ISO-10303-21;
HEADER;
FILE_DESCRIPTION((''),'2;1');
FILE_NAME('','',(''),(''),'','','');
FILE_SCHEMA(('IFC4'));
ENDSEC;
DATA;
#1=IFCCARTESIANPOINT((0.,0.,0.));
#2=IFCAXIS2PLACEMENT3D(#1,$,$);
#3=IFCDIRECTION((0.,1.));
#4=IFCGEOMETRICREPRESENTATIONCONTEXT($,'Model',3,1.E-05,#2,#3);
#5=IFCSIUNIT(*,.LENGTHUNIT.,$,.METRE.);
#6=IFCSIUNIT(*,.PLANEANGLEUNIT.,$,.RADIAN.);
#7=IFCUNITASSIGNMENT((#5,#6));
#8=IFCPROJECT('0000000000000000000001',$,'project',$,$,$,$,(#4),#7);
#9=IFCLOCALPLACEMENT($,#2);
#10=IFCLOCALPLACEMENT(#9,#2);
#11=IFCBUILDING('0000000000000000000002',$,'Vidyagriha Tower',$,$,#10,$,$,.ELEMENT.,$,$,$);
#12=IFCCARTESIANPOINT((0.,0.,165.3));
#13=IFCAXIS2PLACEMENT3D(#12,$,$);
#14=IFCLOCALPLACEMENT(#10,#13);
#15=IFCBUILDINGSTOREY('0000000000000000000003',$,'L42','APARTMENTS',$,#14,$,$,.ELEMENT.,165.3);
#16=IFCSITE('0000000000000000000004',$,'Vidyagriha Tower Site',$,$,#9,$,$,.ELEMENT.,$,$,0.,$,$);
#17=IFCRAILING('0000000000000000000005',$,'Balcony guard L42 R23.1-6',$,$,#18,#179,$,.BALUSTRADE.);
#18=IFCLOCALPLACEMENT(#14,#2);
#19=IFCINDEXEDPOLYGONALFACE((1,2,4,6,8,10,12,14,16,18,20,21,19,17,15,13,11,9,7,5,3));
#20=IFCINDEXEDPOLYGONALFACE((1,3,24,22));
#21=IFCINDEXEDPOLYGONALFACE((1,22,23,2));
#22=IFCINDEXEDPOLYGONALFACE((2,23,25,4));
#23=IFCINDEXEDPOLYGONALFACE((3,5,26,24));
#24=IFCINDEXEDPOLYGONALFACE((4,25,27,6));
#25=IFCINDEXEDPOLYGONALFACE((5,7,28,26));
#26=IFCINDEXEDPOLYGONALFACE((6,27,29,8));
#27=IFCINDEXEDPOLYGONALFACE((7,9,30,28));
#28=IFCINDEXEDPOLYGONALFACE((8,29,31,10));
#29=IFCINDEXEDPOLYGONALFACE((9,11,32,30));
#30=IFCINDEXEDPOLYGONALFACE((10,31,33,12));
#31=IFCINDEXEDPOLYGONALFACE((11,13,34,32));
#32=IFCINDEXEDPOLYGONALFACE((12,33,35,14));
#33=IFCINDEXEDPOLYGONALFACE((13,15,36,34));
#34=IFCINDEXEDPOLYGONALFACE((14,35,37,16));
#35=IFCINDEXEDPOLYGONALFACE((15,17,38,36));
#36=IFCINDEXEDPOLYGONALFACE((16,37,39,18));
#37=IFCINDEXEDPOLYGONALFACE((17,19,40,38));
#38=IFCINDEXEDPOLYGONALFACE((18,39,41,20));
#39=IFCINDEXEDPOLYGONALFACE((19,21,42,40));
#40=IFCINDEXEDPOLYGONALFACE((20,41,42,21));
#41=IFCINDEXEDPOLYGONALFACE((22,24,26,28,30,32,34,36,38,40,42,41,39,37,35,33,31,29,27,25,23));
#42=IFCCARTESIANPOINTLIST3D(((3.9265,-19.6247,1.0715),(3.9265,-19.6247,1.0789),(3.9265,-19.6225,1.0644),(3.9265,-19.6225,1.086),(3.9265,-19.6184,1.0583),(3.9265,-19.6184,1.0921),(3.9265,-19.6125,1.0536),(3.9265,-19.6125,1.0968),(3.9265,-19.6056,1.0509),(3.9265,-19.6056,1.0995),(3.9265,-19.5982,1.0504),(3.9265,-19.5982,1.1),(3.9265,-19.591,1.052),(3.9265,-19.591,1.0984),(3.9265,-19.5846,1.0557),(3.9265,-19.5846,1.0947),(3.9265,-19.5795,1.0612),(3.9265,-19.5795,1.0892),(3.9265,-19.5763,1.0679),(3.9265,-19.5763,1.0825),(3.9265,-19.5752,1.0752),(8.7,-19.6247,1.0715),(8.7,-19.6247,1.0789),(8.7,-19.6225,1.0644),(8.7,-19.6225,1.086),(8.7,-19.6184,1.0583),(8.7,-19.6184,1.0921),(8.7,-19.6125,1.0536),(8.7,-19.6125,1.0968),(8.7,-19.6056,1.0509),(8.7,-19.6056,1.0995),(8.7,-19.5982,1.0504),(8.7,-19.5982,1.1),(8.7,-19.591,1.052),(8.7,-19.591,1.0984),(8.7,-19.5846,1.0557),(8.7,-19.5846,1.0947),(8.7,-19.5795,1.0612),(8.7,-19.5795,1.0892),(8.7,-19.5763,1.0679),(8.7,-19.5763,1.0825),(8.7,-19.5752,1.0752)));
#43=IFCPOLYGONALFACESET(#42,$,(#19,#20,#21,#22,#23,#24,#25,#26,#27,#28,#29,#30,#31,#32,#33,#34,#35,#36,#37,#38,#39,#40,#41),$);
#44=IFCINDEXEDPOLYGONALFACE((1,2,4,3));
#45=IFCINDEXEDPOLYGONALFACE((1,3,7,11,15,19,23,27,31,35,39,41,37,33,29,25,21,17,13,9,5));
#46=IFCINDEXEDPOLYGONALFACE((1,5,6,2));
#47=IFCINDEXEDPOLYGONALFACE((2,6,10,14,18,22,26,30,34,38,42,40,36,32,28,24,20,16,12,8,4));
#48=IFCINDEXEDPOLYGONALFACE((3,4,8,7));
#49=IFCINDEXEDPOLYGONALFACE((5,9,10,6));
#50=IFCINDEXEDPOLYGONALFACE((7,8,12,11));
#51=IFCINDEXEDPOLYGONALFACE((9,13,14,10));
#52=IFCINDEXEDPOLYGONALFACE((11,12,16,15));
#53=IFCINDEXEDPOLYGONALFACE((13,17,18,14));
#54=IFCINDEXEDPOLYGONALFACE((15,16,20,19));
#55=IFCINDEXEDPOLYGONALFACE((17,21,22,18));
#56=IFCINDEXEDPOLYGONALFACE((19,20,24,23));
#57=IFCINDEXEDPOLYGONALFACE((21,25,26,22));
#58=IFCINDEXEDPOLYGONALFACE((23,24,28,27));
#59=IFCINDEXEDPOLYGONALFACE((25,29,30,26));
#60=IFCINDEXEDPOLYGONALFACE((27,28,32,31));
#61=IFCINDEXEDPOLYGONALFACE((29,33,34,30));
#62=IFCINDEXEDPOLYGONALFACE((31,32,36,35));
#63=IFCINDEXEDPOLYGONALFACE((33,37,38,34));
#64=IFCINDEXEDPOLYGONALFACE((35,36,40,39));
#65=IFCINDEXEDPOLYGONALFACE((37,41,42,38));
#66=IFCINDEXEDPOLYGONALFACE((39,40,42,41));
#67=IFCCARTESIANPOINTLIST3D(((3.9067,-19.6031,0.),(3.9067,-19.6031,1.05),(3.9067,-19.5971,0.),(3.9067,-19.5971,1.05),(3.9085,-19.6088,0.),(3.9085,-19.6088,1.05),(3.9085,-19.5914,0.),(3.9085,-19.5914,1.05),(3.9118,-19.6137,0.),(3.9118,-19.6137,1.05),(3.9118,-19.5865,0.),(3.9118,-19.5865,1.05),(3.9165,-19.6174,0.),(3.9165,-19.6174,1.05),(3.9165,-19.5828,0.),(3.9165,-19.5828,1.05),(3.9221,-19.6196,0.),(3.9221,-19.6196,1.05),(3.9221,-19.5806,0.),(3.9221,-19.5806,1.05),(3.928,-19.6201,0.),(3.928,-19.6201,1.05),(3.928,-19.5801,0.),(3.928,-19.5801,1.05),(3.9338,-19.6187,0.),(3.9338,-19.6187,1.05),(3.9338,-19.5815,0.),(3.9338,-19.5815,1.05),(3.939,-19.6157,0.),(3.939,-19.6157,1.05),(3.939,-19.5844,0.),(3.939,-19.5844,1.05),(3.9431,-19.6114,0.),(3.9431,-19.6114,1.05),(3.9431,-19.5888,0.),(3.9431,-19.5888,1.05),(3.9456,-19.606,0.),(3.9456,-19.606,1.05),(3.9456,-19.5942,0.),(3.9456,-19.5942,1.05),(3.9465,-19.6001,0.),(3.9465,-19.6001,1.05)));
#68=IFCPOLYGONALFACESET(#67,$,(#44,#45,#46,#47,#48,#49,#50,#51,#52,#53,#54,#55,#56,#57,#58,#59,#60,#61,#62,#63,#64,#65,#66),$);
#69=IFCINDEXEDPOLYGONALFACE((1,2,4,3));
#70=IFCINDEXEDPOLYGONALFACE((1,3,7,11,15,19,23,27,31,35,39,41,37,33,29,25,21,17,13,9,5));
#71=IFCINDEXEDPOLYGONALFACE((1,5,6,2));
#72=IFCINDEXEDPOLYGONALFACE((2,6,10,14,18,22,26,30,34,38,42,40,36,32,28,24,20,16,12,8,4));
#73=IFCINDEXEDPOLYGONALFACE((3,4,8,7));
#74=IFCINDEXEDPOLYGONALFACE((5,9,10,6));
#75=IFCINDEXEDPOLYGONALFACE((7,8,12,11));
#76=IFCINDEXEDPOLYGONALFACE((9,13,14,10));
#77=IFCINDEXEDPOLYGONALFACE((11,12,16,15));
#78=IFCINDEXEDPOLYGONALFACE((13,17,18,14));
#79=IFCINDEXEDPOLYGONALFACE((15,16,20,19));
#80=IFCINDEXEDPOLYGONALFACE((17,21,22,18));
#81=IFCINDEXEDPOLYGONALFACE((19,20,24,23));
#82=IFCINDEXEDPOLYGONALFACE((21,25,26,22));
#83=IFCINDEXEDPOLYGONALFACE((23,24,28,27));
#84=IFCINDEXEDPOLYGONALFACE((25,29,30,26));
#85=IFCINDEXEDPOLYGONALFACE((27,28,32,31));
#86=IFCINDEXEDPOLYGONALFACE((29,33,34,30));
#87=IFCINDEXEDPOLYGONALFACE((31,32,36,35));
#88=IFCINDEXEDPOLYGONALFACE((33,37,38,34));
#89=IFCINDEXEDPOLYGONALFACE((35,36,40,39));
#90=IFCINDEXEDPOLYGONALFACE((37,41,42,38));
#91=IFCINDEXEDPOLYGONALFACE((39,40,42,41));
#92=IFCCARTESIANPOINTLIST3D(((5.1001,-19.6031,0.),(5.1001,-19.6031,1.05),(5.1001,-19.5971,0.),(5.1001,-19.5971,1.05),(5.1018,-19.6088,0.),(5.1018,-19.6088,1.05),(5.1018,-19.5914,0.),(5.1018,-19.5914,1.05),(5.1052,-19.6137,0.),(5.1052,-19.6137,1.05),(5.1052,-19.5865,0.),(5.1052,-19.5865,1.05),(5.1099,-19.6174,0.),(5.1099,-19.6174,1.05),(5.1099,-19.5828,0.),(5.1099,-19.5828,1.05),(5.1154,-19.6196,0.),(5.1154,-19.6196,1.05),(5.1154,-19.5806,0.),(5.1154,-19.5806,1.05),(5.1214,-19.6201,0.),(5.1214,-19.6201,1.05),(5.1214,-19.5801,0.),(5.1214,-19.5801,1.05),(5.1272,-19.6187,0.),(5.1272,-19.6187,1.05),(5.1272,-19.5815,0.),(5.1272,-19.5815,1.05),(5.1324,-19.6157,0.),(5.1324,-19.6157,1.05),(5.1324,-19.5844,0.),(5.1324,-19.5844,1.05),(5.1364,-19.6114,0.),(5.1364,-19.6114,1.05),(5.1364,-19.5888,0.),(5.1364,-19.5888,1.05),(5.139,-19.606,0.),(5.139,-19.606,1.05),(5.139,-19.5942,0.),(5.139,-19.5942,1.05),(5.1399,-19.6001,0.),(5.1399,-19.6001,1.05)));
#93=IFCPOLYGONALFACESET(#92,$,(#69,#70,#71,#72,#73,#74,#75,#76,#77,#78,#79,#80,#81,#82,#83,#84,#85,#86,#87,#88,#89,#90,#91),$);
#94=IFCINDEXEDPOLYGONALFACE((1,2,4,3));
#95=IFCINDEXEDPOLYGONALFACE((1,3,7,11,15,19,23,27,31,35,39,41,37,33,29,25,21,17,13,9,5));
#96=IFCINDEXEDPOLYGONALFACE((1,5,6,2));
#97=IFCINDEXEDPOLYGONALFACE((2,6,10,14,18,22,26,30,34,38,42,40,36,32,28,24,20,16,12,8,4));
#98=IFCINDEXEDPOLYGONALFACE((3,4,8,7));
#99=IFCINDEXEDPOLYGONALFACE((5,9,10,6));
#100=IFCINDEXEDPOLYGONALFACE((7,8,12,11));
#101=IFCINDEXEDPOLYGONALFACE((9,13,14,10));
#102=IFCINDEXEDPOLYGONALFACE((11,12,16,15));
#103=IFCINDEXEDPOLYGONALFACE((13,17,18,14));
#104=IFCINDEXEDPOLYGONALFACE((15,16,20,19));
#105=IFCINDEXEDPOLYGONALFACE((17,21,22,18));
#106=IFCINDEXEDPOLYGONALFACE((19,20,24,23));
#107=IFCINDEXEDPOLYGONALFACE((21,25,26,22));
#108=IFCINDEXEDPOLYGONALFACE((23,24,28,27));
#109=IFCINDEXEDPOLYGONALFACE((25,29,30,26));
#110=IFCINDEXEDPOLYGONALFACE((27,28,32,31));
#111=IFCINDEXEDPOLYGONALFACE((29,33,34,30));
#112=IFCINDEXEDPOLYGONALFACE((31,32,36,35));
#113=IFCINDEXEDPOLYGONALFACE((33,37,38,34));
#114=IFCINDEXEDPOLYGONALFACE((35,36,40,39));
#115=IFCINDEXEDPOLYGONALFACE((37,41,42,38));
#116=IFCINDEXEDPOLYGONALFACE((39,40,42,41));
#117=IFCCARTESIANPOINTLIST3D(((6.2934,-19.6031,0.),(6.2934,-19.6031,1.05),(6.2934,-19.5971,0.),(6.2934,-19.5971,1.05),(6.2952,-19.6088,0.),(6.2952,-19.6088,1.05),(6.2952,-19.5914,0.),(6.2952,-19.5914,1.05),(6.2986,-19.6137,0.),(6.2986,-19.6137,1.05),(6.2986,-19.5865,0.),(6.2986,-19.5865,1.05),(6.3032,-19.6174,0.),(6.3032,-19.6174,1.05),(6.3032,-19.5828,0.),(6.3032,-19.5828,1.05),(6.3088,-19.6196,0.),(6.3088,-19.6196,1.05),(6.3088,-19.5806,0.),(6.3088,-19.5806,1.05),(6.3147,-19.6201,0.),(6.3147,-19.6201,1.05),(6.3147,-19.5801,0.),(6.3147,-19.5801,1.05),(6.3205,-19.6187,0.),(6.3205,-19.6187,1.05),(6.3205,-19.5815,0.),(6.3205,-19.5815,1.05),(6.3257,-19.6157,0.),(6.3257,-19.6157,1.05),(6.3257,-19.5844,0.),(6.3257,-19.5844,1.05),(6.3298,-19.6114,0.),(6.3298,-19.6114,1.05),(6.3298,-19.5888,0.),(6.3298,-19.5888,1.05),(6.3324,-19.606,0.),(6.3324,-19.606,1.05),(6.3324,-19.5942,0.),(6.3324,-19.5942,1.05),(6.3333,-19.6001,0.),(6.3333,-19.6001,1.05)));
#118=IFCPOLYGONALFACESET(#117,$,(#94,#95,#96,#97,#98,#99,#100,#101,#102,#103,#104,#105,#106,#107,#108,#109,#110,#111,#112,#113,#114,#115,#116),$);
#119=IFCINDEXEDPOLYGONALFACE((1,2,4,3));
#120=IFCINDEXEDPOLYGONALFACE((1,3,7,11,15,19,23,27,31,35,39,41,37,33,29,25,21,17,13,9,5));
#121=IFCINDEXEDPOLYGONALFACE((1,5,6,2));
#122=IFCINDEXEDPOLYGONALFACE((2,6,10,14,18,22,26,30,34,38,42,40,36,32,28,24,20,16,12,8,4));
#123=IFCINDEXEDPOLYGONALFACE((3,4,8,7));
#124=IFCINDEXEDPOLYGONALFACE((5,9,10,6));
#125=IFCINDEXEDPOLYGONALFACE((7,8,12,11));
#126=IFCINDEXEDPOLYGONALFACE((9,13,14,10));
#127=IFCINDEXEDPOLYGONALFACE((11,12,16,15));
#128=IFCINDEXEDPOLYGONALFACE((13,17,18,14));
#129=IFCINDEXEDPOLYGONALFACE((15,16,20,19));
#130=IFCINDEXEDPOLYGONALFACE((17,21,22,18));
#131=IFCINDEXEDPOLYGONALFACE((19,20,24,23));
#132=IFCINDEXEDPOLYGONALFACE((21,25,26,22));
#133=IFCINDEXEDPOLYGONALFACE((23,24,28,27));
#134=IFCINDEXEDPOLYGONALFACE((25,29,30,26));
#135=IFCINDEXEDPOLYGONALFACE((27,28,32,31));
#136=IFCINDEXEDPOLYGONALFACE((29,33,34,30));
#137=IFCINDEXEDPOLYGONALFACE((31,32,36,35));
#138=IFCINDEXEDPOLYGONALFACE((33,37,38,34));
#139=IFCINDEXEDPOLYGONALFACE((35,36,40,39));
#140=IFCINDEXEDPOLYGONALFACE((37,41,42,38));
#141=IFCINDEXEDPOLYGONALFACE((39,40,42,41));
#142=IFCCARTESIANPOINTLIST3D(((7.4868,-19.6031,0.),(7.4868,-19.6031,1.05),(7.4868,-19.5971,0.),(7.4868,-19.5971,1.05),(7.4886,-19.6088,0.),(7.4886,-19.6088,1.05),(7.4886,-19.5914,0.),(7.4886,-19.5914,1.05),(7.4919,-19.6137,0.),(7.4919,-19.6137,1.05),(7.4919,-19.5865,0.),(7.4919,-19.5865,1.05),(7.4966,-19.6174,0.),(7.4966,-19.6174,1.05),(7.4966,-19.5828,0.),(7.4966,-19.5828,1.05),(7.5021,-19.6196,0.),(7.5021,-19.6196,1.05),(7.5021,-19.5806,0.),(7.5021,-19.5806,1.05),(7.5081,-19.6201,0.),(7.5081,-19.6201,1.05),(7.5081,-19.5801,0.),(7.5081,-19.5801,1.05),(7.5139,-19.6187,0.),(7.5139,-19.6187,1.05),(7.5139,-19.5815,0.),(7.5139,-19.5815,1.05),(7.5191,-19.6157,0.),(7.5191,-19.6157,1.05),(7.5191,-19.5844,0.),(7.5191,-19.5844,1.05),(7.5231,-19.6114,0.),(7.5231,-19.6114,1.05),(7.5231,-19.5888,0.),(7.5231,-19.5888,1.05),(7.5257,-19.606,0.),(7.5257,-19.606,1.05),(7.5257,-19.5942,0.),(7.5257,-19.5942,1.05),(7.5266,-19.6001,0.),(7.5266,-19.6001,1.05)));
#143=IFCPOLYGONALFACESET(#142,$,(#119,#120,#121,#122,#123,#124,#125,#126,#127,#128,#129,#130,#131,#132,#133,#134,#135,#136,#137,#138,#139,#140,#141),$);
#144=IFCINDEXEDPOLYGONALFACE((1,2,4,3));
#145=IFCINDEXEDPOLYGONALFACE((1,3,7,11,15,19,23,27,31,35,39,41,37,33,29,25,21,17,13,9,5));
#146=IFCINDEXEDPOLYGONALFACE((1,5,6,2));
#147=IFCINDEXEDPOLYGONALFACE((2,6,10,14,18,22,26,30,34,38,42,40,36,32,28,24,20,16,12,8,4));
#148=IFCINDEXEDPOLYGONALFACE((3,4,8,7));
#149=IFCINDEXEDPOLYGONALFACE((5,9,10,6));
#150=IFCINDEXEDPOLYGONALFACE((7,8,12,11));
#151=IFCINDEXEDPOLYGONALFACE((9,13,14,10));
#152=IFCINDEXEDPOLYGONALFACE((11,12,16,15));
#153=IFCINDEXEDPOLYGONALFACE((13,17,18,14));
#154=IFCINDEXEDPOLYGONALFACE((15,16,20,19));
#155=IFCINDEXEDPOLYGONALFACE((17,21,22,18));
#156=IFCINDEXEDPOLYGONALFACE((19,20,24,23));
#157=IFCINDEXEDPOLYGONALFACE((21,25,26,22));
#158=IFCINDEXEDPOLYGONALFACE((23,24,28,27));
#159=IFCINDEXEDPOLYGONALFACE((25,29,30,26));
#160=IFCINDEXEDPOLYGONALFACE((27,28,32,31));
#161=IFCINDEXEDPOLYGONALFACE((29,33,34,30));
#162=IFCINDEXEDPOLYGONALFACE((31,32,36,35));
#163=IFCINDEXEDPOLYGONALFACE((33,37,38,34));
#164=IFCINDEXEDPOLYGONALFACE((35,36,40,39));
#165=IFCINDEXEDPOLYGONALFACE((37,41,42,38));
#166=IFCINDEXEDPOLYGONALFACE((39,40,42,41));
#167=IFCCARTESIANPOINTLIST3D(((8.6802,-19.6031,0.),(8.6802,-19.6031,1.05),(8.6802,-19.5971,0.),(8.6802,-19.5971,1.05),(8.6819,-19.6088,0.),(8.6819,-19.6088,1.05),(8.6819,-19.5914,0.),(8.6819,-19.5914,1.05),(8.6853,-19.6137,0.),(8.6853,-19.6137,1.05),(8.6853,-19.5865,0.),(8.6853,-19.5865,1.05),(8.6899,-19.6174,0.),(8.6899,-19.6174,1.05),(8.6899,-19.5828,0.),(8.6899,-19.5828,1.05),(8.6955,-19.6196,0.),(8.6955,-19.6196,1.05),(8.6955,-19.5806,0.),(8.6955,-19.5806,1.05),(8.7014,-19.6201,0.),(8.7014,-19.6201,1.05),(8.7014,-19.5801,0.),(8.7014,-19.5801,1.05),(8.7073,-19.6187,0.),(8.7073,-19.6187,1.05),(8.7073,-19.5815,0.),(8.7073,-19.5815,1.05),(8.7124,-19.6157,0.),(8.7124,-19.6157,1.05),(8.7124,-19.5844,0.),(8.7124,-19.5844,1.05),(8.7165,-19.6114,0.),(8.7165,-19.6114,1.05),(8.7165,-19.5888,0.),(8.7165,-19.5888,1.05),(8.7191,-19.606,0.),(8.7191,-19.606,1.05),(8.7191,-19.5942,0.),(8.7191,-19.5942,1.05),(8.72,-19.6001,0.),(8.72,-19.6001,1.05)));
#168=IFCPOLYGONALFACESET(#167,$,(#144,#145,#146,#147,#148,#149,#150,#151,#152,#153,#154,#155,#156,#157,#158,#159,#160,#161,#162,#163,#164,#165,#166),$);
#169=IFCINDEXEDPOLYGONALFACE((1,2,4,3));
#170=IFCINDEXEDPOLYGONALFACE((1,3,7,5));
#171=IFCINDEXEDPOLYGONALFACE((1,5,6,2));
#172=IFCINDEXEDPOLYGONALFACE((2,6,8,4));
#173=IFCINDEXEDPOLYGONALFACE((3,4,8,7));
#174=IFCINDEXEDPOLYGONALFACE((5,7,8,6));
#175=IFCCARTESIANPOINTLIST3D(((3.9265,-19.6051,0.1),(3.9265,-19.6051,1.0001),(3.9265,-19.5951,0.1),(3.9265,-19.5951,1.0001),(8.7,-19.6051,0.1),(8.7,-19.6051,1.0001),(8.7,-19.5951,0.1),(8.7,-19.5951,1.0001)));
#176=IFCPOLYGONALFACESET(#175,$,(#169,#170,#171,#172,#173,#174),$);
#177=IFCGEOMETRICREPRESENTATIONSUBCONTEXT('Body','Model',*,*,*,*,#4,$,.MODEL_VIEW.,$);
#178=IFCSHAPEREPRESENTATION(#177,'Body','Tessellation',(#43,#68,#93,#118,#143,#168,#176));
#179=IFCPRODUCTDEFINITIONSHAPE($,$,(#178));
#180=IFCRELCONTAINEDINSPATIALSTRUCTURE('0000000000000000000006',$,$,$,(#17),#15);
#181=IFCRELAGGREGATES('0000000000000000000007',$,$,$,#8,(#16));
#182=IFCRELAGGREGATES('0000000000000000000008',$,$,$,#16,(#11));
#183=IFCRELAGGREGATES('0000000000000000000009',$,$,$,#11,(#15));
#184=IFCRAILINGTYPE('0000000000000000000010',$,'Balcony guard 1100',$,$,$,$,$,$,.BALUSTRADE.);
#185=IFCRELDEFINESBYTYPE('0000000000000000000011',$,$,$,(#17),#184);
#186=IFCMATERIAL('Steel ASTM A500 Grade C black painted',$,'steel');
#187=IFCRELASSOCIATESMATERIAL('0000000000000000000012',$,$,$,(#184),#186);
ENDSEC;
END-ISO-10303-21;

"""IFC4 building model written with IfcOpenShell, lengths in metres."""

from ifc_helpers import new_model, si_unit, direction, frame, origin, origin_2d, place, context, subcontext, project, spatial, rectangle, circle, extrude, material, type_object, element, save


model = new_model("IFC4")

# Units and contexts
model_context = context("Model", 3, precision=1e-05, world=origin(), true_north=direction((0.0, 1.0)))
body_context = subcontext(model_context, "Body", "Model", "MODEL_VIEW")
ifc_project = project(units=[si_unit("LENGTHUNIT", "METRE"), si_unit("PLANEANGLEUNIT", "RADIAN")], contexts=[model_context])

# Site, building, storey
site_placement = place(None, origin())
site = spatial("IfcSite", under=ifc_project, at=site_placement, Name="Vidyagriha Tower Site", CompositionType="ELEMENT", RefElevation=0.0)
building_placement = place(site_placement, origin())
building = spatial("IfcBuilding", under=site, at=building_placement, Name="Vidyagriha Tower", CompositionType="ELEMENT")
storey_placement = place(building_placement, frame((0.0, 0.0, 165.3)))
storey = spatial("IfcBuildingStorey", under=building, at=storey_placement, Name="L42", Description="APARTMENTS", CompositionType="ELEMENT", Elevation=165.3)

# Railing
ifc_material_1 = material(Name="Steel ASTM A500 Grade C black painted", Category="steel")
railing_type = type_object("IfcRailingType", Name="Balcony guard 1100", PredefinedType="BALUSTRADE", material=ifc_material_1)
railing_1_placement = place(storey_placement, frame((3.9265, -19.6001, 0.0)))
element("IfcRailing", 1, at=railing_1_placement, inside=storey, type_object=railing_type, Name="Balcony guard L42 R23.1-6", PredefinedType="BALUSTRADE", context=body_context, shape_type="SweptSolid", body=[
    extrude(circle(Radius=0.0249, at=origin_2d()), frame((0.0, 0.0, 1.0752), z_axis=(1.0, 0.0, 0.0), x_axis=(0.0, 1.0, 0.0)), (0.0, 0.0, 1.0), 4.7734),
    extrude(circle(Radius=0.02, at=origin_2d()), origin(), (0.0, 0.0, 1.0), 1.05),
    extrude(circle(Radius=0.02, at=origin_2d()), frame((1.1934, 0.0, 0.0)), (0.0, 0.0, 1.0), 1.05),
    extrude(circle(Radius=0.02, at=origin_2d()), frame((2.3867, 0.0, 0.0)), (0.0, 0.0, 1.0), 1.05),
    extrude(circle(Radius=0.02, at=origin_2d()), frame((3.5801, 0.0, 0.0)), (0.0, 0.0, 1.0), 1.05),
    extrude(circle(Radius=0.02, at=origin_2d()), frame((4.7734, 0.0, 0.0)), (0.0, 0.0, 1.0), 1.05),
    extrude(rectangle(XDim=0.01, YDim=0.9001, at=origin_2d()), frame((0.0, 0.0, 0.55), z_axis=(1.0, 0.0, 0.0), x_axis=(0.0, 1.0, 0.0)), (0.0, 0.0, 1.0), 4.7734),
])

save(model, "model.ifc")
